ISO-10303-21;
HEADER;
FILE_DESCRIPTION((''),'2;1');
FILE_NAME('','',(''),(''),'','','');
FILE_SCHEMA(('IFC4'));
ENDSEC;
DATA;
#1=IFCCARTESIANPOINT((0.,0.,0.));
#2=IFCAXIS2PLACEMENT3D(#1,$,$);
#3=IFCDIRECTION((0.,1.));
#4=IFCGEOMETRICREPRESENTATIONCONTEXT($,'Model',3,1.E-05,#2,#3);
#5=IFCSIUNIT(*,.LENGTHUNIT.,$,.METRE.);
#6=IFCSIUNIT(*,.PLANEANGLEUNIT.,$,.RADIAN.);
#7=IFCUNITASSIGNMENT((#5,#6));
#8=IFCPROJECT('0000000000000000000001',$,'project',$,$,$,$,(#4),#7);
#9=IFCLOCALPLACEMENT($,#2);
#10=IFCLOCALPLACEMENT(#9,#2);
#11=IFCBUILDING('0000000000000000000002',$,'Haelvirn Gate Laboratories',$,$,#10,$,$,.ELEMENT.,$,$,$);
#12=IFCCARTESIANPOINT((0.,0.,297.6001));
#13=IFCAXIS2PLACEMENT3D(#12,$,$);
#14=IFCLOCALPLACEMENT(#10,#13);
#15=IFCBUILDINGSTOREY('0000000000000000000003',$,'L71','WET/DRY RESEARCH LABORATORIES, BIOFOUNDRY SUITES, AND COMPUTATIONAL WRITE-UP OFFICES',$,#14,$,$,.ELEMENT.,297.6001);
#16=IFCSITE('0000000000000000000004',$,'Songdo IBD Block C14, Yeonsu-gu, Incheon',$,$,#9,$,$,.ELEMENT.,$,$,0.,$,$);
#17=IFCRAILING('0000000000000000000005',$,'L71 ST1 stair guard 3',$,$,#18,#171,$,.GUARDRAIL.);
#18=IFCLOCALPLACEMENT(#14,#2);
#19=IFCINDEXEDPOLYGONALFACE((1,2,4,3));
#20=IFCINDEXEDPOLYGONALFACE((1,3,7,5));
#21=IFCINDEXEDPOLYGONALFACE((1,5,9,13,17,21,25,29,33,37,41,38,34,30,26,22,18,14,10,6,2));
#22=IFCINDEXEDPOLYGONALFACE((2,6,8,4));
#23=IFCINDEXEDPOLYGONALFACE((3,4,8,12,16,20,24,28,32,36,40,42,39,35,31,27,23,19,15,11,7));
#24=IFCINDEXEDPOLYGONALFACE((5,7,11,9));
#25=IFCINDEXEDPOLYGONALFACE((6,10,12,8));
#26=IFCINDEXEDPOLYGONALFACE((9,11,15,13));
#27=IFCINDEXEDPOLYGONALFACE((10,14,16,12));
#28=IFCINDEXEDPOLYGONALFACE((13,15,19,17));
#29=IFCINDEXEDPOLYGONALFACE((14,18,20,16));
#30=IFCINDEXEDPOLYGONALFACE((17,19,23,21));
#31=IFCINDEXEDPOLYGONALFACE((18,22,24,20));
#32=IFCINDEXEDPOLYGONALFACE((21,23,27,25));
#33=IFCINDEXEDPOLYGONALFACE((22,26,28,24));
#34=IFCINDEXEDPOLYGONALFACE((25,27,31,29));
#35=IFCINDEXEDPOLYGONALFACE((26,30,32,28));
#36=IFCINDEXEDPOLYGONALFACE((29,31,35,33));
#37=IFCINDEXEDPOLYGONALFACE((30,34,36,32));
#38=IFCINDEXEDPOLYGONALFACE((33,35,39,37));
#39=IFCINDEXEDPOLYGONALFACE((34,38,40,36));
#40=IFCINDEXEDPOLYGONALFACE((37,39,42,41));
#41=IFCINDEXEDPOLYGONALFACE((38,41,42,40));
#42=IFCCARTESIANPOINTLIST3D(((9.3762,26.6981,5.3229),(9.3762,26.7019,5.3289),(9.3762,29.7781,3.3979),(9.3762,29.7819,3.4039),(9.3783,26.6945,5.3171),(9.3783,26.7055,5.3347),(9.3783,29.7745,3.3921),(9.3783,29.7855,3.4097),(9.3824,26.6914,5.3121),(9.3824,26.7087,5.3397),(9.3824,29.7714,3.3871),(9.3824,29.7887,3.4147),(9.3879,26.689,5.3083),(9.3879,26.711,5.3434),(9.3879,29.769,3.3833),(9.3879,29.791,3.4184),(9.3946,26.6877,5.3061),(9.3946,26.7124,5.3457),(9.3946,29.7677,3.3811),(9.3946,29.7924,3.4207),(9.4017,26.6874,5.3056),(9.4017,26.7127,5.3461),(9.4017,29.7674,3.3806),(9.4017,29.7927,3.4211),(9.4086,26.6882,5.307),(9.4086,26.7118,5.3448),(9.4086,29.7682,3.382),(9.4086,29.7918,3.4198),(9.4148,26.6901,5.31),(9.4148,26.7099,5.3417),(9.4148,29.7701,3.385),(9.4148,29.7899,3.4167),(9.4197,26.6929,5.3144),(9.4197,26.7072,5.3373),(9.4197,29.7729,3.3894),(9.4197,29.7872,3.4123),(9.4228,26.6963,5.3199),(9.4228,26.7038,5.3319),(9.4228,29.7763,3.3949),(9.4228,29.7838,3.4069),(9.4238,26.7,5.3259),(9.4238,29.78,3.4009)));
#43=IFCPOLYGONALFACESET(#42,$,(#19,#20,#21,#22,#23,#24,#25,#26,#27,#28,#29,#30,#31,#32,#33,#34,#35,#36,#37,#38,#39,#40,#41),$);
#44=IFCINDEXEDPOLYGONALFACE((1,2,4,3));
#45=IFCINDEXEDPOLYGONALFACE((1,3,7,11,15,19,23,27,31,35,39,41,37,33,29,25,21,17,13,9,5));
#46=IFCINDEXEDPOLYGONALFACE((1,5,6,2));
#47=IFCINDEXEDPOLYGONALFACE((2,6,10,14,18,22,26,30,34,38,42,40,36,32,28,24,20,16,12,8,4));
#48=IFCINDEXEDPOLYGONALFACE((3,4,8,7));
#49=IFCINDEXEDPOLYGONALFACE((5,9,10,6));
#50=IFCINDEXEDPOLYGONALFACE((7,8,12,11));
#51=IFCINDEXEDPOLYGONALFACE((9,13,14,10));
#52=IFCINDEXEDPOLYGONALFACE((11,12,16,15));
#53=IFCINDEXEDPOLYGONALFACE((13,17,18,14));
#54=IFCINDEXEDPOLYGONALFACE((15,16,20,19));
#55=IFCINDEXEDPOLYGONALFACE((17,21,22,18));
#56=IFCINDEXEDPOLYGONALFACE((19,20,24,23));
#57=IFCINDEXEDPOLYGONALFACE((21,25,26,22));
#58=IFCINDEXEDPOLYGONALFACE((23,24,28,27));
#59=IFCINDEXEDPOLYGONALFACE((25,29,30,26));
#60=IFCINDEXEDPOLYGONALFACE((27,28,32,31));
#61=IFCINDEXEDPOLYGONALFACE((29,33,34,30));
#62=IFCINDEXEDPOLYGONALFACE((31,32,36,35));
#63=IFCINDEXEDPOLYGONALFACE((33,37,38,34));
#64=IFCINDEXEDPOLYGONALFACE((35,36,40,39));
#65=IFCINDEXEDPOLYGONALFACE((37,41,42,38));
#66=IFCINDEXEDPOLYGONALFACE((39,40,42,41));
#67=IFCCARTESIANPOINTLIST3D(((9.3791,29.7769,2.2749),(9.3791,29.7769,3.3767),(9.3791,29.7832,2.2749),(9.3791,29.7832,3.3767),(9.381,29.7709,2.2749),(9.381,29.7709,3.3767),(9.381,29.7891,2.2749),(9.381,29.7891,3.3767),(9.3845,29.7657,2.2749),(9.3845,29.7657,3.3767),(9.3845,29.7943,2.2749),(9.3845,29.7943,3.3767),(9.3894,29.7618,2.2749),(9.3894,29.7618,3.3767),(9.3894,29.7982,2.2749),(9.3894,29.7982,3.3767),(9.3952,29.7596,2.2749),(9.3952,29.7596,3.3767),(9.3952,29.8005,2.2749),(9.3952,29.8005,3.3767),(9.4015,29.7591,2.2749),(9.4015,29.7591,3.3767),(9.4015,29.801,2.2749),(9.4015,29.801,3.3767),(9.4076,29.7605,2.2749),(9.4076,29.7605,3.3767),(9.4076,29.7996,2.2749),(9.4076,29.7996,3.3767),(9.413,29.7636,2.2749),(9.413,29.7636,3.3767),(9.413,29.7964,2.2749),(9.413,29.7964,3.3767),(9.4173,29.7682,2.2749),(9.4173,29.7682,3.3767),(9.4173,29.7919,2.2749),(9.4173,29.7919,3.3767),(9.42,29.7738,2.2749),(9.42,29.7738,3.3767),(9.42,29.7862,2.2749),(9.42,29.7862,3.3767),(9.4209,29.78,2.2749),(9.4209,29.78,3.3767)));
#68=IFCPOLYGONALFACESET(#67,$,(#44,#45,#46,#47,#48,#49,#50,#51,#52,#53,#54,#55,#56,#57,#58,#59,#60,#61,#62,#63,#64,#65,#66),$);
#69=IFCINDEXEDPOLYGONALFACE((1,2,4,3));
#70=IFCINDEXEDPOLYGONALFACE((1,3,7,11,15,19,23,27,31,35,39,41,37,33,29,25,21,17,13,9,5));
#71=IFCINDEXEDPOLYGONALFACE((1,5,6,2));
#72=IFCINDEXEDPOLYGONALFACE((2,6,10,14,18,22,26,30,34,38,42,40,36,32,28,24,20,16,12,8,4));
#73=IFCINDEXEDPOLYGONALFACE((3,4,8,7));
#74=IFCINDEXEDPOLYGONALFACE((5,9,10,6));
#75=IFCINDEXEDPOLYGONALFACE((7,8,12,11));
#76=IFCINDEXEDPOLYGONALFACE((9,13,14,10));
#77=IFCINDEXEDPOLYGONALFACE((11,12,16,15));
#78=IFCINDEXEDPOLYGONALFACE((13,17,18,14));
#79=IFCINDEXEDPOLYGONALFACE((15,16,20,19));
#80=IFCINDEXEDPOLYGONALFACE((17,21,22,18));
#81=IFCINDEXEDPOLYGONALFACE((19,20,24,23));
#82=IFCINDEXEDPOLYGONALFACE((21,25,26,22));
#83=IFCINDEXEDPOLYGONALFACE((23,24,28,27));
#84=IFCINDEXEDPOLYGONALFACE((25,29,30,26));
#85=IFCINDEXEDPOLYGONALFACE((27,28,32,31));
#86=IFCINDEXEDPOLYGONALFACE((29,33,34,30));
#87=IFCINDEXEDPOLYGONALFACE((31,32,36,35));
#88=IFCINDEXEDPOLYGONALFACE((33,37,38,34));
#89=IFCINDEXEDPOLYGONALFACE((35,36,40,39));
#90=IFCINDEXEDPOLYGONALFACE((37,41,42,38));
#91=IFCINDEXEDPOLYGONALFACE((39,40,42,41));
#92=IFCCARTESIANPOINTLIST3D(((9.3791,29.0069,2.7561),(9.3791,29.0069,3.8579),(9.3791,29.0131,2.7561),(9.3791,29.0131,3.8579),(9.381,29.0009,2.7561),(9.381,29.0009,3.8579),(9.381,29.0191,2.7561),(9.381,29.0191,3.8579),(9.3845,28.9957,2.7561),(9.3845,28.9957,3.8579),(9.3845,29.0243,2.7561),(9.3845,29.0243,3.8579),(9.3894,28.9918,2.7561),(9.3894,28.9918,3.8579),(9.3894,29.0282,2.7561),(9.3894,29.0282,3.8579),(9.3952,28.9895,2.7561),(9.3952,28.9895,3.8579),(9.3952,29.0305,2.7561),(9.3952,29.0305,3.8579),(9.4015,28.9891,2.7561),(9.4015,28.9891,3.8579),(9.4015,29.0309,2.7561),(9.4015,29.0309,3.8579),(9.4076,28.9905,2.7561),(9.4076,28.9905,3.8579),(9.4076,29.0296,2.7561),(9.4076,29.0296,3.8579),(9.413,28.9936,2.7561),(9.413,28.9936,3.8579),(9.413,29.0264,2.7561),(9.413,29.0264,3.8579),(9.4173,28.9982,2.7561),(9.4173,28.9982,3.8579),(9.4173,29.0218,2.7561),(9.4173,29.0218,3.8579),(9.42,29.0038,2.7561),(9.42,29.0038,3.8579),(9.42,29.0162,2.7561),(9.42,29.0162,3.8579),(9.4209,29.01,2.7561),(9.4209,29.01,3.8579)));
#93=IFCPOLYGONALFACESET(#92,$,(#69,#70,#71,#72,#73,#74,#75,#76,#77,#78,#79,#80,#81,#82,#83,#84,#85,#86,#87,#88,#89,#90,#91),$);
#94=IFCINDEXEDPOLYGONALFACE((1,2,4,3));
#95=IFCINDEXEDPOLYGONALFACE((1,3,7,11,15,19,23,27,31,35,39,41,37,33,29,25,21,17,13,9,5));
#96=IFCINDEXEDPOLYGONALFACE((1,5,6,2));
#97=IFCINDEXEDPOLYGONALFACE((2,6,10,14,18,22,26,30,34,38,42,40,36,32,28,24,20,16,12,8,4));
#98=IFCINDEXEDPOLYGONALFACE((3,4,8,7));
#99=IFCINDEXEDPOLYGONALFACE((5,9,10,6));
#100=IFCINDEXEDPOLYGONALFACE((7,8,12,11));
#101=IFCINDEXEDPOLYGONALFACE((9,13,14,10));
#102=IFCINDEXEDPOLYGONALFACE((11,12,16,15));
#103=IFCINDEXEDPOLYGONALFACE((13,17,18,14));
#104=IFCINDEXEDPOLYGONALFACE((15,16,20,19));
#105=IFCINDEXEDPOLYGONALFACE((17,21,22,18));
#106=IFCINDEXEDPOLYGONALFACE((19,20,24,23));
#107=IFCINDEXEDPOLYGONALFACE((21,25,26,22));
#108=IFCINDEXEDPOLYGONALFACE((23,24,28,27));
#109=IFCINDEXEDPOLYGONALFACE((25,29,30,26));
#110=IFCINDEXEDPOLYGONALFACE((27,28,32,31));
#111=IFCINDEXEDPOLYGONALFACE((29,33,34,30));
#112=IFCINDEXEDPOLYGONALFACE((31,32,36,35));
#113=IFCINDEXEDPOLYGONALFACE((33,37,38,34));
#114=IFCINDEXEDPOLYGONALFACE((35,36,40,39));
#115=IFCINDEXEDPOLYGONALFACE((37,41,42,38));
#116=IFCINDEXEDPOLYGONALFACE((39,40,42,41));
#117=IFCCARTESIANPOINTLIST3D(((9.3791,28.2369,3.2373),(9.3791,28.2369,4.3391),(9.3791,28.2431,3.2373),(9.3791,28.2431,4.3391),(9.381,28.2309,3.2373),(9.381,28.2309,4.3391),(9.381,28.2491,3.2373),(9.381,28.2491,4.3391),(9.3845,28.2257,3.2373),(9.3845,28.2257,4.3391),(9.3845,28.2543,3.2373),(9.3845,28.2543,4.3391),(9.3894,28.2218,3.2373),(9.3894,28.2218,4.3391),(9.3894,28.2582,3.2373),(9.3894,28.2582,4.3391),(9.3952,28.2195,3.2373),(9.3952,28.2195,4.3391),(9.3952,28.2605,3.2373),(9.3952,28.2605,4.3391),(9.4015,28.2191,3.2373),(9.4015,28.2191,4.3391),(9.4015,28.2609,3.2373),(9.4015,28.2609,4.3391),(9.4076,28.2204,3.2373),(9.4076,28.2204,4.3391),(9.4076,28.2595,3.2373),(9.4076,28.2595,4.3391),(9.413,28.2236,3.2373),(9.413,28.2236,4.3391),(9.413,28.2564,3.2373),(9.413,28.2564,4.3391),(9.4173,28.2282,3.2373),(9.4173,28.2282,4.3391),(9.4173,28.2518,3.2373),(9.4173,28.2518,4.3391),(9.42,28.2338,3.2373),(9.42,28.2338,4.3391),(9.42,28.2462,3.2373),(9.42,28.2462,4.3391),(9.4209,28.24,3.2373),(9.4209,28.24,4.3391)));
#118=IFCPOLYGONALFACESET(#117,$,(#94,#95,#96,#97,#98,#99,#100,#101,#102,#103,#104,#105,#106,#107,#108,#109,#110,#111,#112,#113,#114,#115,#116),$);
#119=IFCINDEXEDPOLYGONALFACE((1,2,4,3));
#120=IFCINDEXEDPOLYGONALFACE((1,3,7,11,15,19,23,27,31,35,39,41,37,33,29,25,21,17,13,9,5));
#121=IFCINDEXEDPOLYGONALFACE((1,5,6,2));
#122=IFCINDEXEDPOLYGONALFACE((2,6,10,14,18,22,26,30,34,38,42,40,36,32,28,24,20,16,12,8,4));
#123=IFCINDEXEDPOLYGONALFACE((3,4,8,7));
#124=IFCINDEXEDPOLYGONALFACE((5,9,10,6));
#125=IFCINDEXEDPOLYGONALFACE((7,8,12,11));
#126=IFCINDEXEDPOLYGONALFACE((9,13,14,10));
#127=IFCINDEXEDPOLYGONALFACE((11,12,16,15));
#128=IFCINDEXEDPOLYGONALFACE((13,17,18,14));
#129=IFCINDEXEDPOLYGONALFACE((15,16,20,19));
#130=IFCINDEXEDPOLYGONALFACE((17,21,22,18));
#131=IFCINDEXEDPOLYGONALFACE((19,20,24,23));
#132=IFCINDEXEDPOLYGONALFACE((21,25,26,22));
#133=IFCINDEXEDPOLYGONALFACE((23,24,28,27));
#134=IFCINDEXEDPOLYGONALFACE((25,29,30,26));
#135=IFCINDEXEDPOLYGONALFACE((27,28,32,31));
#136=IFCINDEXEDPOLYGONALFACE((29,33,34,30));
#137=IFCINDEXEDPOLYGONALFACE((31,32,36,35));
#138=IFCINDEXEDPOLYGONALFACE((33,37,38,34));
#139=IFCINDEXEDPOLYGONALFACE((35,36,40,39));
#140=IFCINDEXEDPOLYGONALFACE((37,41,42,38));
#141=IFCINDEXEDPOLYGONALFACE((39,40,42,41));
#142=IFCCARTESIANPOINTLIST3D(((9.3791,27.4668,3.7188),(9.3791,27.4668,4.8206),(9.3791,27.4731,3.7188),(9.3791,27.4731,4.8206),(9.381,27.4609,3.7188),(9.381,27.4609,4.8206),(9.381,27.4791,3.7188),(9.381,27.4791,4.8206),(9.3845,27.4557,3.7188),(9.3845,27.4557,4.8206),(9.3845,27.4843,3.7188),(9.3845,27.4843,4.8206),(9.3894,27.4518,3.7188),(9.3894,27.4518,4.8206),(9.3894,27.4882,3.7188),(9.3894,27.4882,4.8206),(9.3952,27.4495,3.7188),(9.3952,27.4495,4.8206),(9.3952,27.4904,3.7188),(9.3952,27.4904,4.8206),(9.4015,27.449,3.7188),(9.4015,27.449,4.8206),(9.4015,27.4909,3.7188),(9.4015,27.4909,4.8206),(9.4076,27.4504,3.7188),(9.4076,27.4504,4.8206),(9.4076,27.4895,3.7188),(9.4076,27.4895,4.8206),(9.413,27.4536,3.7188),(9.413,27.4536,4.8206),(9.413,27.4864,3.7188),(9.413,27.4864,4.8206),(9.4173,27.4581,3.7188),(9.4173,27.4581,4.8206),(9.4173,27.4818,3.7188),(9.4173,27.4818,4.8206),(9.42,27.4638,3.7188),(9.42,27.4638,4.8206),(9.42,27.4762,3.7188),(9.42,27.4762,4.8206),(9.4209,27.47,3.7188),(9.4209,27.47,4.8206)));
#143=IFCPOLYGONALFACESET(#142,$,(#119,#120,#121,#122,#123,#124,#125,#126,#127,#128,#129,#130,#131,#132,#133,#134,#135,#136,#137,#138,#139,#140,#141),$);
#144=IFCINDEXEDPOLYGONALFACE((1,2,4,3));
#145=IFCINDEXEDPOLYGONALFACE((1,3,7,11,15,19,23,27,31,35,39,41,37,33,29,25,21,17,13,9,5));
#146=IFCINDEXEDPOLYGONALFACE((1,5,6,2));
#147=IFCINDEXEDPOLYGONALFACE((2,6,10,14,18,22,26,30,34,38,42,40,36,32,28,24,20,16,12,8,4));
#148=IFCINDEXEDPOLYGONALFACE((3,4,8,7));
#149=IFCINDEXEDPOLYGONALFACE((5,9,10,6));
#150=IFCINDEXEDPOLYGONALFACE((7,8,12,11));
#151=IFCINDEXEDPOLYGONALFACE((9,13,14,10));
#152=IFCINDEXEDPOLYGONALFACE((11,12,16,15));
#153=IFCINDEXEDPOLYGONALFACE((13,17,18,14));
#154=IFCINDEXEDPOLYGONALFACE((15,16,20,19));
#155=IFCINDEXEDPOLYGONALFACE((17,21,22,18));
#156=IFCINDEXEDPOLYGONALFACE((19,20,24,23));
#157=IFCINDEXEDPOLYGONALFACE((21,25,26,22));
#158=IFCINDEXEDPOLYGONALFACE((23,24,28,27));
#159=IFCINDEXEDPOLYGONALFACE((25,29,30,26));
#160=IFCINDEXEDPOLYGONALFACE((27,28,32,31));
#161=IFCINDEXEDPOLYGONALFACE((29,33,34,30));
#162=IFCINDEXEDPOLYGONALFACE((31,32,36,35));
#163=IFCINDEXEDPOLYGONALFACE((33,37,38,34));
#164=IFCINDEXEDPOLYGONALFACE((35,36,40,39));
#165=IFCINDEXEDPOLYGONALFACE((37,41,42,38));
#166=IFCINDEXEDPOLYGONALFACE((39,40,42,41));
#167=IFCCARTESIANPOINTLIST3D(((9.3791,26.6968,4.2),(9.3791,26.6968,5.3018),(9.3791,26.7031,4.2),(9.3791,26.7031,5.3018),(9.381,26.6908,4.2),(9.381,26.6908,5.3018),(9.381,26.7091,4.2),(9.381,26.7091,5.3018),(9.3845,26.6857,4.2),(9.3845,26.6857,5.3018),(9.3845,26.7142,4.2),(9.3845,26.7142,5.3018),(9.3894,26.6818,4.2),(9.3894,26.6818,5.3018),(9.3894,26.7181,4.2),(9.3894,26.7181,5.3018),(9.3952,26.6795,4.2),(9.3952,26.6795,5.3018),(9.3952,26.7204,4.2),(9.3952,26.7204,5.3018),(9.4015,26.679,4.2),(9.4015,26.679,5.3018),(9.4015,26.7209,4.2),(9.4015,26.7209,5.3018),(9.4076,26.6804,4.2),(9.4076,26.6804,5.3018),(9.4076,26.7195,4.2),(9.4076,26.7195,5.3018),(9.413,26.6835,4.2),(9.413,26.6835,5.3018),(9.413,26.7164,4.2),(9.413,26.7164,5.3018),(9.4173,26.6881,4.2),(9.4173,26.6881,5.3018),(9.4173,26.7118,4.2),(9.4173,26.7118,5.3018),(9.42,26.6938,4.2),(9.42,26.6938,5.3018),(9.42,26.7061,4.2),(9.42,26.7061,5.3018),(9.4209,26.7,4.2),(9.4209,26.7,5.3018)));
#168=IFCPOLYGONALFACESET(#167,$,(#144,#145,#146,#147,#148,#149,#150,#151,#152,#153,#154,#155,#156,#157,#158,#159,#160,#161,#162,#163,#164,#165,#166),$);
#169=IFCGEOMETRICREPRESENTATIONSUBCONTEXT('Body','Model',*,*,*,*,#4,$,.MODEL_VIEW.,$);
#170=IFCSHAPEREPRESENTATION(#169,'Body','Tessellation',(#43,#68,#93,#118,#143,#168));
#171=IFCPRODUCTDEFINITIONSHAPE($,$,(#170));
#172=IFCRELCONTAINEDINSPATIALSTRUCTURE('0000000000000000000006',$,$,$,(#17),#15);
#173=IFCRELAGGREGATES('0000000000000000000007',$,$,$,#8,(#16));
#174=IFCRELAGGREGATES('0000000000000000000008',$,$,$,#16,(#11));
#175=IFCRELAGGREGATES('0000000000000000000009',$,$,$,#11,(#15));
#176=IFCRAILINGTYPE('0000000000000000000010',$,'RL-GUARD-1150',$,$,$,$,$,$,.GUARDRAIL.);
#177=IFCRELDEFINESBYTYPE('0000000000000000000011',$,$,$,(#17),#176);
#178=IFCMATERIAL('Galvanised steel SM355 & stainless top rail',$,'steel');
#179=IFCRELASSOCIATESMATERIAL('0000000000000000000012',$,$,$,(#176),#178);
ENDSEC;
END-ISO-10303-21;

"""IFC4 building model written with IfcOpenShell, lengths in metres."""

from ifc_helpers import new_model, si_unit, direction, frame, origin, origin_2d, place, context, subcontext, project, spatial, circle, extrude, source, transform, mapped, material, type_object, element, save


model = new_model("IFC4")

# Units and contexts
model_context = context("Model", 3, precision=1e-05, world=origin(), true_north=direction((0.0, 1.0)))
body_context = subcontext(model_context, "Body", "Model", "MODEL_VIEW")
ifc_project = project(units=[si_unit("LENGTHUNIT", "METRE"), si_unit("PLANEANGLEUNIT", "RADIAN")], contexts=[model_context])

# Site, building, storey
site_placement = place(None, origin())
site = spatial("IfcSite", under=ifc_project, at=site_placement, Name="Songdo IBD Block C14, Yeonsu-gu, Incheon", CompositionType="ELEMENT", RefElevation=0.0)
building_placement = place(site_placement, origin())
building = spatial("IfcBuilding", under=site, at=building_placement, Name="Haelvirn Gate Laboratories", CompositionType="ELEMENT")
storey_placement = place(building_placement, frame((0.0, 0.0, 297.6001)))
storey = spatial("IfcBuildingStorey", under=building, at=storey_placement, Name="L71", Description="WET/DRY RESEARCH LABORATORIES, BIOFOUNDRY SUITES, AND COMPUTATIONAL WRITE-UP OFFICES", CompositionType="ELEMENT", Elevation=297.6001)

# Railing
ifc_material_1 = material(Name="Galvanised steel SM355 & stainless top rail", Category="steel")
railing_type_1 = type_object("IfcRailingType", Name="RL-GUARD-1150", PredefinedType="GUARDRAIL", material=ifc_material_1)
shared_shape_1 = source(origin(), body_context, "Body", "SweptSolid", [
    extrude(circle(Radius=0.0239, at=origin_2d()), frame((0.0, 0.0, 1.126), z_axis=(0.0, -0.847998, 0.529999), x_axis=(1.0, 0.0, 0.0)), (0.0, 0.0, 1.0), 3.6321),
    extrude(circle(Radius=0.021, at=origin_2d()), origin(), (0.0, 0.0, 1.0), 1.1018),
    extrude(circle(Radius=0.021, at=origin_2d()), frame((0.0, -0.77, 0.4812)), (0.0, 0.0, 1.0), 1.1018),
    extrude(circle(Radius=0.021, at=origin_2d()), frame((0.0, -1.54, 0.9624)), (0.0, 0.0, 1.0), 1.1018),
    extrude(circle(Radius=0.021, at=origin_2d()), frame((0.0, -2.3101, 1.4438)), (0.0, 0.0, 1.0), 1.1018),
    extrude(circle(Radius=0.021, at=origin_2d()), frame((0.0, -3.0801, 1.925)), (0.0, 0.0, 1.0), 1.1018),
])
railing_1_placement = place(storey_placement, frame((9.3999, 29.78, 2.2749)))
element("IfcRailing", 1, at=railing_1_placement, inside=storey, type_object=railing_type_1, Name="L71 ST1 stair guard 3", PredefinedType="GUARDRAIL", context=body_context, shape_type="MappedRepresentation", body=[
    mapped(shared_shape_1, transform((0.0, 0.0, 0.0), scale=1.0)),
])

save(model, "model.ifc")
